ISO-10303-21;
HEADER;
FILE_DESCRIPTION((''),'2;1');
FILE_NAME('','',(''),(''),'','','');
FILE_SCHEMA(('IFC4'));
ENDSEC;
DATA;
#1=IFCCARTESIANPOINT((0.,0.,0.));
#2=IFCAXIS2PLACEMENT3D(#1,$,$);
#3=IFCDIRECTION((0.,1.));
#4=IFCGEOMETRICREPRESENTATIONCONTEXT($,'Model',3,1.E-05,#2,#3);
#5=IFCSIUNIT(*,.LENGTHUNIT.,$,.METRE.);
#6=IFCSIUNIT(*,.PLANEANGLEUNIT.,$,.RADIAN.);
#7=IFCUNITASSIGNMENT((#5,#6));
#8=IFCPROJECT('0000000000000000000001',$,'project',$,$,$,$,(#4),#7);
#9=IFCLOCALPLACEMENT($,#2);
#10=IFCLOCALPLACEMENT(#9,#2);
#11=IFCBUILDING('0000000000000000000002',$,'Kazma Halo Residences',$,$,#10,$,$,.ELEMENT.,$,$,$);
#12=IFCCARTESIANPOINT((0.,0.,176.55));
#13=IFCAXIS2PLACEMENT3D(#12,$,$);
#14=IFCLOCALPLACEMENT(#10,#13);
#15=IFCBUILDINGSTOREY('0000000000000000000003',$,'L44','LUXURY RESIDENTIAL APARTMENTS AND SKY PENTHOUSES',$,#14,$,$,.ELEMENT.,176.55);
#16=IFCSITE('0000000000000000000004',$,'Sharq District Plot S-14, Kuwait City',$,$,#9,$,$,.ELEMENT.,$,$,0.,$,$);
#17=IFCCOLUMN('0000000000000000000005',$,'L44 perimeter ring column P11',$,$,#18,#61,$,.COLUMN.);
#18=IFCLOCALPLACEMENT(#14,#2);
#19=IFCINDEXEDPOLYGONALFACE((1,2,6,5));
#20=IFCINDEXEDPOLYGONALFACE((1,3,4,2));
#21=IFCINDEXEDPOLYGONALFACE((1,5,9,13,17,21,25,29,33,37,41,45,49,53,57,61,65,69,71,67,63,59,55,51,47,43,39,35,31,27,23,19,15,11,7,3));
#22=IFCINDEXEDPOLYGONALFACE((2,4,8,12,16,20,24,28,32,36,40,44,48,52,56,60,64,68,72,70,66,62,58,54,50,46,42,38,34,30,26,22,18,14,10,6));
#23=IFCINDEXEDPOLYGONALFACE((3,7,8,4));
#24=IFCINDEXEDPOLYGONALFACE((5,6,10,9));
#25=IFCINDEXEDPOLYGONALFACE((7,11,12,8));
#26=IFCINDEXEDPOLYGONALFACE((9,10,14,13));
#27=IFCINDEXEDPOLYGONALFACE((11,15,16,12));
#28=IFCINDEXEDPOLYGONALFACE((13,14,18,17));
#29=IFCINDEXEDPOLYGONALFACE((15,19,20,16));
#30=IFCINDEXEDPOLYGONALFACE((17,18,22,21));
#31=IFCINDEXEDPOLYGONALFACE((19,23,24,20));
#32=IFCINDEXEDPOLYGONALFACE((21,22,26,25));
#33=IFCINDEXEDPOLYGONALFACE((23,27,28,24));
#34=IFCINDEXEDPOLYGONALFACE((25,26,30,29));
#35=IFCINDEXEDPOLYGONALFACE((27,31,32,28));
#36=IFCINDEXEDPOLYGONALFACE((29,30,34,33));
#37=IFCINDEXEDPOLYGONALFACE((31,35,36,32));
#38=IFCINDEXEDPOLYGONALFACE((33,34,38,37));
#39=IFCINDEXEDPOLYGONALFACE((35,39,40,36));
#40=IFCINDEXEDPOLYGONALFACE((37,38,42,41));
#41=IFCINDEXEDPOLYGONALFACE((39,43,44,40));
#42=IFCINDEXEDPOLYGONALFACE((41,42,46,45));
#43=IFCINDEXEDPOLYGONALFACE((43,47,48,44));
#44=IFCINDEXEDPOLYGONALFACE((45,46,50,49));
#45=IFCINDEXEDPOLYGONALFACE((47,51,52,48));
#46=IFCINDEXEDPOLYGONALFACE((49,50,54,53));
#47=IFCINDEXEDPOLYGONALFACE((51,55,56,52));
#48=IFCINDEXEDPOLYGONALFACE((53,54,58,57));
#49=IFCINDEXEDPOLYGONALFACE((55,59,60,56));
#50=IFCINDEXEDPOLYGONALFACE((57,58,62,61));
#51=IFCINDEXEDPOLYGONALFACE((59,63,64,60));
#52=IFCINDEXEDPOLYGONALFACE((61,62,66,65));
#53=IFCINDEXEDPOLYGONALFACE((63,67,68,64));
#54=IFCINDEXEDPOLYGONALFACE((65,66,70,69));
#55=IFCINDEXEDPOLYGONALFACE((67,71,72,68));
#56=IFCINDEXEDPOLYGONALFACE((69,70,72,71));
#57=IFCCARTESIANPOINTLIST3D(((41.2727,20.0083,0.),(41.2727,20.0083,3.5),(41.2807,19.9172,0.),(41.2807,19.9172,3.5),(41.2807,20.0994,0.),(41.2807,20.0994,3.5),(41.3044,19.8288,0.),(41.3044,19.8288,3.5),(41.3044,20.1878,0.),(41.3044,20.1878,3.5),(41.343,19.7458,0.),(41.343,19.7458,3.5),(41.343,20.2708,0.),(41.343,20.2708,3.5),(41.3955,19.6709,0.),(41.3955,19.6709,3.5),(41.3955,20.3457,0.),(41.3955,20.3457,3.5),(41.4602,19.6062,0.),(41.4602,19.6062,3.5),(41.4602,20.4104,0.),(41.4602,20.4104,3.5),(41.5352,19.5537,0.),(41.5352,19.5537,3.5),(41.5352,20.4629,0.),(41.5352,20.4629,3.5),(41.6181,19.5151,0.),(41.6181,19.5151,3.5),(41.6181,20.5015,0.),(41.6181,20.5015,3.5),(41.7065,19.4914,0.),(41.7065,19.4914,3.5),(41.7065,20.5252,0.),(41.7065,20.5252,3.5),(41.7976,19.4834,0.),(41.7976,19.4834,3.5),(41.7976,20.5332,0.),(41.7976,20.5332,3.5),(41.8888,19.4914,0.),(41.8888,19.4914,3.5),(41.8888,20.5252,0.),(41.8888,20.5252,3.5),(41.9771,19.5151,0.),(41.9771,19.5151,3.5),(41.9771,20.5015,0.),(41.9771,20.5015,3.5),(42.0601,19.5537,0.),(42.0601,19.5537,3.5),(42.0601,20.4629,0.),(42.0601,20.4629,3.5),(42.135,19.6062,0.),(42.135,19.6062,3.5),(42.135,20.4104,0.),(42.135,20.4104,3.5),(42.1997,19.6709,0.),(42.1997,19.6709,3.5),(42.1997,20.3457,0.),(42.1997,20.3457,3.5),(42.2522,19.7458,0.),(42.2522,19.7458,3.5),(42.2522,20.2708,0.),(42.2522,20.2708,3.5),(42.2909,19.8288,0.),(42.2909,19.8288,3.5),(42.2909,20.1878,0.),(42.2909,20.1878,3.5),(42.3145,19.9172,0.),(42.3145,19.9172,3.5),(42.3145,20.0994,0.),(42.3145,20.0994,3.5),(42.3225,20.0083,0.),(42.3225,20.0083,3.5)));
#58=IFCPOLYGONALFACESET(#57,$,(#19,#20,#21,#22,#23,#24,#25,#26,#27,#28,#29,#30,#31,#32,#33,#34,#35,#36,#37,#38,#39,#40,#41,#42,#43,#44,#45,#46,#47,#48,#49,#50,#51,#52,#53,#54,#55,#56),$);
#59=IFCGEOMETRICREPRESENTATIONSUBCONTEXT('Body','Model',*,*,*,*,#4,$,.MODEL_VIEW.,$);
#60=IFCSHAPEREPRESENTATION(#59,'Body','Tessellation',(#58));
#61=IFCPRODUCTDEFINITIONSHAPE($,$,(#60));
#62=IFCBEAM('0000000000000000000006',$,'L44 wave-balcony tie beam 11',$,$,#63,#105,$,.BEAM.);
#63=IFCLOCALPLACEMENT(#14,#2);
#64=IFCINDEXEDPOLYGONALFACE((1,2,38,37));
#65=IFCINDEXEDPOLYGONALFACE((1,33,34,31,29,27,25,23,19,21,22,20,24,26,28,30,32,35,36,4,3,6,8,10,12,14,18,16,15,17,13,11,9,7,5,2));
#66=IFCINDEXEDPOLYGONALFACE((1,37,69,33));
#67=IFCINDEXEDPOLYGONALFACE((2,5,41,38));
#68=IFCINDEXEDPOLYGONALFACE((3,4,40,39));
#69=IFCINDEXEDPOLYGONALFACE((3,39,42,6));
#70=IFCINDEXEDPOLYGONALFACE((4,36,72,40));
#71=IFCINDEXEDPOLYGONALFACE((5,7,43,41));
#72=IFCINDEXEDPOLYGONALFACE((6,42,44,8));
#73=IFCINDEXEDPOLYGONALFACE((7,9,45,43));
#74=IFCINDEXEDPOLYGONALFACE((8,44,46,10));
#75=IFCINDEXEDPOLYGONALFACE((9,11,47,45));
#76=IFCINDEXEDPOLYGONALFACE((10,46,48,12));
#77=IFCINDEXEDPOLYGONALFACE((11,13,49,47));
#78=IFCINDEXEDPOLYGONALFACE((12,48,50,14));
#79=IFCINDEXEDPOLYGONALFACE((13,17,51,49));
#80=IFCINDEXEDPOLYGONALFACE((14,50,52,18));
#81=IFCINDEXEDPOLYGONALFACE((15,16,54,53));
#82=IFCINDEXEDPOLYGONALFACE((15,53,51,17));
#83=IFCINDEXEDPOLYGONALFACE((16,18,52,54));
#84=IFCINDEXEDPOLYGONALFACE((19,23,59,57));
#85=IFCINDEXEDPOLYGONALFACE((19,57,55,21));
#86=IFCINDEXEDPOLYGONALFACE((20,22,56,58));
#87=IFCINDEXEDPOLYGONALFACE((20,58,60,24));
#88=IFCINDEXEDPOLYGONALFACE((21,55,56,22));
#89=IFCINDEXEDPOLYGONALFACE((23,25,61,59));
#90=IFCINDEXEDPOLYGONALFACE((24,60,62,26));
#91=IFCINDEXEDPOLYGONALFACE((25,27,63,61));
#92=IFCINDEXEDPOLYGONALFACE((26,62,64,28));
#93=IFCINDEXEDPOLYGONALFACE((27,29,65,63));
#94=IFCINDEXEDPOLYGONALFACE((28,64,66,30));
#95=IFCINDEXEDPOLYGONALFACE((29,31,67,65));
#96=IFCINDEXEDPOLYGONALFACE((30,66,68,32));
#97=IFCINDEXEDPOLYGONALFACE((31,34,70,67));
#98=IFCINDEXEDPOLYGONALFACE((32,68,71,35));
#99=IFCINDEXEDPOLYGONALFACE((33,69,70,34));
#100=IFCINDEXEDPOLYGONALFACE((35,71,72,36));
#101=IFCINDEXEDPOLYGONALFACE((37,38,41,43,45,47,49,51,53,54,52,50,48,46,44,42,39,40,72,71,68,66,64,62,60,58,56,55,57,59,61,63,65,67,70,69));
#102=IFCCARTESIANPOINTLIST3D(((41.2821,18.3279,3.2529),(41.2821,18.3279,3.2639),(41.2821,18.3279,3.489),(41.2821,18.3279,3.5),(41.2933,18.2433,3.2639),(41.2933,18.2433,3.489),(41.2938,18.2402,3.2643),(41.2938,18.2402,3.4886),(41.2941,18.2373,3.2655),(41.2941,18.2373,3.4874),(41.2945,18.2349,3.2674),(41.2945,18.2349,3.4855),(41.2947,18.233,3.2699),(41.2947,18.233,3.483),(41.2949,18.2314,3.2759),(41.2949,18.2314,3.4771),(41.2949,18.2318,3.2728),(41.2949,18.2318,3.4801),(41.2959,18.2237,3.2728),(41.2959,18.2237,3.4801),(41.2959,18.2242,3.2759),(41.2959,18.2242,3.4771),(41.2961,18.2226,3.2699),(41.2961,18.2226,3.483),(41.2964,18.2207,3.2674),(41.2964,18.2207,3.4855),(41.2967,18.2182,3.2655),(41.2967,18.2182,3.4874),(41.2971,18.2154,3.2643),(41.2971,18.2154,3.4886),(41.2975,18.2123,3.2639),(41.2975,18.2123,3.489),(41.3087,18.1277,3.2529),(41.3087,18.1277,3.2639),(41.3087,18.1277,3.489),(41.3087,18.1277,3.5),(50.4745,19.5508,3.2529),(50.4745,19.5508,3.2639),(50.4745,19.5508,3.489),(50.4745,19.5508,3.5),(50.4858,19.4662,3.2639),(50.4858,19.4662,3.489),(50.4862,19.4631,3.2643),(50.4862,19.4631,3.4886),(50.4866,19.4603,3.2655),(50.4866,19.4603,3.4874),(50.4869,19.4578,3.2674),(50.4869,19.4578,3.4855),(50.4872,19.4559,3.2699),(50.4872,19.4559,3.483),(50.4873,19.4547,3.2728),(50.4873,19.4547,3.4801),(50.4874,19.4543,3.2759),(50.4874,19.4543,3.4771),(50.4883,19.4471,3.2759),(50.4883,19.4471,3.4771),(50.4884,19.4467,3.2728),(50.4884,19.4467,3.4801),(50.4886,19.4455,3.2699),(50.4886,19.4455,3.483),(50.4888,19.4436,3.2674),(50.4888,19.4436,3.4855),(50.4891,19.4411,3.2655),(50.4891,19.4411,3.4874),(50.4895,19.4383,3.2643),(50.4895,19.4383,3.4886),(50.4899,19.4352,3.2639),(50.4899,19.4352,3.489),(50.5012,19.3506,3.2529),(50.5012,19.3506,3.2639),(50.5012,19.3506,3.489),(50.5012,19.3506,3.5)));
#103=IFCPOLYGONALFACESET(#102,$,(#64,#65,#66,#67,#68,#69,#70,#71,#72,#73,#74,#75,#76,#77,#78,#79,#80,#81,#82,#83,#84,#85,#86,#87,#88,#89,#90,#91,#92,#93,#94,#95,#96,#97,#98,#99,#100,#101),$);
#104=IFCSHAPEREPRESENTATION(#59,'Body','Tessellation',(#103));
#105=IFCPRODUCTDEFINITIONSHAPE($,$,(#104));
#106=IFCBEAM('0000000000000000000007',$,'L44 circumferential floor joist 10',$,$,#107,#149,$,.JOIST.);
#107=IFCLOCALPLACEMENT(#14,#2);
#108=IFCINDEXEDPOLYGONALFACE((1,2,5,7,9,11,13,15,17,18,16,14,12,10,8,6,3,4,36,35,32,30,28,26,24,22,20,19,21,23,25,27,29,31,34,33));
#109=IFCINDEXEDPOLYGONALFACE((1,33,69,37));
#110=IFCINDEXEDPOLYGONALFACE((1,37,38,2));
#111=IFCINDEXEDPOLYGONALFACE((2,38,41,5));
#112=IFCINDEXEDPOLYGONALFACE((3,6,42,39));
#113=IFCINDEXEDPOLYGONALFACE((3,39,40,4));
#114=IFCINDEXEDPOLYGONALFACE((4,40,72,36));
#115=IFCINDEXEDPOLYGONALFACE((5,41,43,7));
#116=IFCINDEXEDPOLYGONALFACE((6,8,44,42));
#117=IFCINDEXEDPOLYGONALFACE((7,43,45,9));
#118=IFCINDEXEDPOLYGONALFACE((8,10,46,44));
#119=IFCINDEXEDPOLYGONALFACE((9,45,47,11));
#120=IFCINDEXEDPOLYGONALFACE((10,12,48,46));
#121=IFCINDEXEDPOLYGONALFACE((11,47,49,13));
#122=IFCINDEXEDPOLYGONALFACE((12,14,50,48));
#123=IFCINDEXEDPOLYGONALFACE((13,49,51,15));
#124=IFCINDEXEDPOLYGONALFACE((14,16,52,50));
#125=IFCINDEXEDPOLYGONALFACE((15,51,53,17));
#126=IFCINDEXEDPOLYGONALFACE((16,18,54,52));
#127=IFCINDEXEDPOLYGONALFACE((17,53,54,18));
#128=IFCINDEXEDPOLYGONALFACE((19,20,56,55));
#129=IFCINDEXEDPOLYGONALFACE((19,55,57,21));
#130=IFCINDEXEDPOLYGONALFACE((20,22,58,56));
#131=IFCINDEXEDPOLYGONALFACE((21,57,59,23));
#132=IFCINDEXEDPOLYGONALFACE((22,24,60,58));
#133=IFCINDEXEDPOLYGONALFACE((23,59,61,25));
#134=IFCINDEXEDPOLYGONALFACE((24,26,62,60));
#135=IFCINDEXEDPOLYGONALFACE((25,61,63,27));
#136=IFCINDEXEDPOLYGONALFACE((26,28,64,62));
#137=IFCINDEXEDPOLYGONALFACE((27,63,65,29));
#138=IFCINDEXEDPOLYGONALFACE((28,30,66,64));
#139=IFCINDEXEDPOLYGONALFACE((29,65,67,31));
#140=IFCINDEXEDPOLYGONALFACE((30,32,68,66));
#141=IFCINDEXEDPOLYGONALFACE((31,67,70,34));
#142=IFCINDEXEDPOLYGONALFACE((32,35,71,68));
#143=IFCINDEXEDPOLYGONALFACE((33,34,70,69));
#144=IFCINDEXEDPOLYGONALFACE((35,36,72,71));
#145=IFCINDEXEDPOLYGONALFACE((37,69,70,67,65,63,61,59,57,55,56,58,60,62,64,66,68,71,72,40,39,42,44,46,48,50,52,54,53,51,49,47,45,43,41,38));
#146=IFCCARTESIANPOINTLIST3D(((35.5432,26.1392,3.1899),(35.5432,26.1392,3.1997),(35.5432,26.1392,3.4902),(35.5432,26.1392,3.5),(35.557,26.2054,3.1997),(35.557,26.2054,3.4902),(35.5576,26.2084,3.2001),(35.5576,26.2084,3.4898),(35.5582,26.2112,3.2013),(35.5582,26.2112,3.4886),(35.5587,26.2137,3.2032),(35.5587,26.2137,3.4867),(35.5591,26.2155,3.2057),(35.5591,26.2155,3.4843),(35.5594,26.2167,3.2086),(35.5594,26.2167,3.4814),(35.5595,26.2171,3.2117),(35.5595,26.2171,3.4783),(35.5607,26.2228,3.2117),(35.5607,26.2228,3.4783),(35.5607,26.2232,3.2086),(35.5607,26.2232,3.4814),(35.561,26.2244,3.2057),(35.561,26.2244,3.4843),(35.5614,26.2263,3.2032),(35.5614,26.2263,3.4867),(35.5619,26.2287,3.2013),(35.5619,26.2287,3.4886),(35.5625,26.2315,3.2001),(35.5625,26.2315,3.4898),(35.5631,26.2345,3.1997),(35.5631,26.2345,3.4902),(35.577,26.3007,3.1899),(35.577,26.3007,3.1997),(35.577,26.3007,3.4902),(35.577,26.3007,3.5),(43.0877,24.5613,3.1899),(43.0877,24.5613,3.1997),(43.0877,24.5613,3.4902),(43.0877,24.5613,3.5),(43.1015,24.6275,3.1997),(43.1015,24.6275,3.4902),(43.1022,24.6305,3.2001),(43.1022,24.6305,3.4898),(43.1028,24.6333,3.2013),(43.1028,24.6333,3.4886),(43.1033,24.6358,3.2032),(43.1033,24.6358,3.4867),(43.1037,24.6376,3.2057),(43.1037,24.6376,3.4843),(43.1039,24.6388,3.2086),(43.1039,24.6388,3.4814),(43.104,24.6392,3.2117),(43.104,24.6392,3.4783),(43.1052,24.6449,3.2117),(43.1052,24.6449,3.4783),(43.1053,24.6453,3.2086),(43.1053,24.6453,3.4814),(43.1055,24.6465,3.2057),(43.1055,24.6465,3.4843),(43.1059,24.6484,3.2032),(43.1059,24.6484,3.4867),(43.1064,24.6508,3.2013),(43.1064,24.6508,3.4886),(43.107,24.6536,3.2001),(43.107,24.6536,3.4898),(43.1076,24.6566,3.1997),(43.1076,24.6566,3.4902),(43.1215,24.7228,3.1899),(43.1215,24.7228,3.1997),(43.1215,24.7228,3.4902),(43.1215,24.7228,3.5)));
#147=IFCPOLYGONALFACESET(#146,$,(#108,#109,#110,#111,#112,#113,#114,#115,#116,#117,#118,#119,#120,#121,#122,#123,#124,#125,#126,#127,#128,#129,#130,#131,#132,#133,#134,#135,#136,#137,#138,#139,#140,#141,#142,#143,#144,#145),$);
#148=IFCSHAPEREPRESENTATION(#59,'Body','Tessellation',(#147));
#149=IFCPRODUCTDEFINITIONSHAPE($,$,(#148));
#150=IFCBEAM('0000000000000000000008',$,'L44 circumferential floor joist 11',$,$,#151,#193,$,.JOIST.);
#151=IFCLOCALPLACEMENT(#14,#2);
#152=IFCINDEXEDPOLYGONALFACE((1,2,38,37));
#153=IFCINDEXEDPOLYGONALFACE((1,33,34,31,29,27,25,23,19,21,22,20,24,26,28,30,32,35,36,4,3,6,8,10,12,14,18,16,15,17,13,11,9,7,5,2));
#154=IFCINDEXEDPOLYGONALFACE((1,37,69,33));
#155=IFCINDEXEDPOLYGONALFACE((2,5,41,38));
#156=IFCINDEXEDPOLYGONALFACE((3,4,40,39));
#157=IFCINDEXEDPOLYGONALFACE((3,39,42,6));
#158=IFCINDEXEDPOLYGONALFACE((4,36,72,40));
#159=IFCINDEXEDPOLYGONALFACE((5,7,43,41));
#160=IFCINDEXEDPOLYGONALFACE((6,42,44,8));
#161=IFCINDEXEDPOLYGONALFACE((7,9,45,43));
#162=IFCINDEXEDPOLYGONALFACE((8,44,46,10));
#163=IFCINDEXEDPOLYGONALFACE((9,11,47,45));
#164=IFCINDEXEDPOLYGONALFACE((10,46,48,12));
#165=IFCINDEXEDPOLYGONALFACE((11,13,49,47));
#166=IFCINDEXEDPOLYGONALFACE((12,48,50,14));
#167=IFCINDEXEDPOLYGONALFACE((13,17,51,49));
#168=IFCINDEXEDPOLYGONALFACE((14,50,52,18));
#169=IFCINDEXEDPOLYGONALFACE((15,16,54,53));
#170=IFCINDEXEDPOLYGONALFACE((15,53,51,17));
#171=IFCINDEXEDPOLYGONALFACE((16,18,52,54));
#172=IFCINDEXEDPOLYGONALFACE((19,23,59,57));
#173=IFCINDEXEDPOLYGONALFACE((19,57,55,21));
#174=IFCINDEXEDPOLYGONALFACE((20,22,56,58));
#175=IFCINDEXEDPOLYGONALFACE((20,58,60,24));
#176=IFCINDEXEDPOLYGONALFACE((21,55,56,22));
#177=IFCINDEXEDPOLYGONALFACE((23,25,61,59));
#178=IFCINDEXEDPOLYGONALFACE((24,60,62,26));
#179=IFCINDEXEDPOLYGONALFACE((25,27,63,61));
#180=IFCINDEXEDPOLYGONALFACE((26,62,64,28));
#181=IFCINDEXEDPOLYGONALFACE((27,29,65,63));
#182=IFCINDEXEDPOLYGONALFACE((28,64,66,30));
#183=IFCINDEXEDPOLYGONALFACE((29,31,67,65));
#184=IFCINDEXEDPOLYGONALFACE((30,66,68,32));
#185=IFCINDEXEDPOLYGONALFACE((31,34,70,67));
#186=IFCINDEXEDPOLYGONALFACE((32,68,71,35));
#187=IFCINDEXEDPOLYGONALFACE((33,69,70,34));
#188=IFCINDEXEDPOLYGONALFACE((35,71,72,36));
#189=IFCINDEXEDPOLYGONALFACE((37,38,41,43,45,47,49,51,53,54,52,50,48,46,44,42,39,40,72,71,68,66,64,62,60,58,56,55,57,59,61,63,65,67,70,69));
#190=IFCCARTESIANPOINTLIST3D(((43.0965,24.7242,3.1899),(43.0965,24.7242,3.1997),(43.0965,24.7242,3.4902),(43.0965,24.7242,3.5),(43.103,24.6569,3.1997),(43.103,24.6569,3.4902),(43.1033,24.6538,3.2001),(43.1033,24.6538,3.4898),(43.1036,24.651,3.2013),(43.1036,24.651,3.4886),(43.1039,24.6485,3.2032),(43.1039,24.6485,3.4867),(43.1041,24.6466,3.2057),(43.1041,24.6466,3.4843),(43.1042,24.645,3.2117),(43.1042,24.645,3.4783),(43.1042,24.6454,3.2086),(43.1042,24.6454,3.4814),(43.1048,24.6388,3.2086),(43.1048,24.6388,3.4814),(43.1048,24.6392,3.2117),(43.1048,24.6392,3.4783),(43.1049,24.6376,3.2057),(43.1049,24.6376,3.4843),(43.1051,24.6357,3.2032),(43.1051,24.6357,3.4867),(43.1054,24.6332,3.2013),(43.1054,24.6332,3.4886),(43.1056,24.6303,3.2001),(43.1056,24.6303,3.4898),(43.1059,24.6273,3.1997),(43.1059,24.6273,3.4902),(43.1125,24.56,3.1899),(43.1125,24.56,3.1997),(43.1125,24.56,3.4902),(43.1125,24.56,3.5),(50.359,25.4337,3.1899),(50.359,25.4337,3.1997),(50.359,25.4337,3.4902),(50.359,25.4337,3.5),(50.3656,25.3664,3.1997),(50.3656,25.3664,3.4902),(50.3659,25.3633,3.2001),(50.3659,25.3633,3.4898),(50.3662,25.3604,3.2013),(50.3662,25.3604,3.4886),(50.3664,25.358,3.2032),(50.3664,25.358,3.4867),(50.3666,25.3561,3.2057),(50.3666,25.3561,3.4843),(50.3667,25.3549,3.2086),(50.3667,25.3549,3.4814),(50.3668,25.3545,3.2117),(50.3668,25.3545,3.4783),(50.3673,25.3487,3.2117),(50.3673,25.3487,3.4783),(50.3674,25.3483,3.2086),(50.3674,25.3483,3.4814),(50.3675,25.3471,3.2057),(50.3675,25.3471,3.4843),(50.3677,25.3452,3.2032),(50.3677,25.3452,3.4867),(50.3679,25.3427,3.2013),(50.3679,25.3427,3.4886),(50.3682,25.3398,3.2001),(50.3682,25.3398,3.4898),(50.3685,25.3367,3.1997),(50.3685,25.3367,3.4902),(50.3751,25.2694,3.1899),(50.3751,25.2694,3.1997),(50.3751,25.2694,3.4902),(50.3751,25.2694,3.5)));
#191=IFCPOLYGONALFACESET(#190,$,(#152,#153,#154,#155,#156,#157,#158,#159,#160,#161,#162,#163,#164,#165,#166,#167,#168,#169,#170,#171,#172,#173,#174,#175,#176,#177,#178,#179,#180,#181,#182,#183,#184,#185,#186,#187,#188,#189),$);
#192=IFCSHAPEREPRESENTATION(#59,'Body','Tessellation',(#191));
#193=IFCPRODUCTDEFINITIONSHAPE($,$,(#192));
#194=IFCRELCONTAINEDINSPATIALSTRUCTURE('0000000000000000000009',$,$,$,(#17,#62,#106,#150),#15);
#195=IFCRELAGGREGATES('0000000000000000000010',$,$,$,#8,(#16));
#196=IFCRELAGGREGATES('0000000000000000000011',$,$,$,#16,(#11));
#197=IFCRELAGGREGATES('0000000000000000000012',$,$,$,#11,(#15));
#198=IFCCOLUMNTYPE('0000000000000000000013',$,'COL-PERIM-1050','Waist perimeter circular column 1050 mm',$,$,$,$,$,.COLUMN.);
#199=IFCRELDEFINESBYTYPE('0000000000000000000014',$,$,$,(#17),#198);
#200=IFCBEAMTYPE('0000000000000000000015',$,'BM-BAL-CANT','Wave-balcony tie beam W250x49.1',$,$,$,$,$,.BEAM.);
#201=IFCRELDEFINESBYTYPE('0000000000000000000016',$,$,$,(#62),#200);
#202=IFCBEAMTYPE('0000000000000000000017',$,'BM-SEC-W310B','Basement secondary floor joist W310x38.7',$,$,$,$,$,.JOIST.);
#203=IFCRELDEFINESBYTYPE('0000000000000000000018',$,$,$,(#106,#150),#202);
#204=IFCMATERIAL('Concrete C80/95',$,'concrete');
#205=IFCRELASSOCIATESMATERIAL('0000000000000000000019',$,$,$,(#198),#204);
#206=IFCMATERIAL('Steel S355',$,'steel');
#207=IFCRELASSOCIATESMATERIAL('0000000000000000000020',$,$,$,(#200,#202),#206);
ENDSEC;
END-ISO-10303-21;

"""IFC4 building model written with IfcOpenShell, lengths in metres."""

from ifc_helpers import new_model, si_unit, direction, frame, origin, origin_2d, place, context, subcontext, project, spatial, circle, i_section, extrude, material, material_profile, profile_set, type_object, element, save


model = new_model("IFC4")

# Units and contexts
model_context = context("Model", 3, precision=1e-05, world=origin(), true_north=direction((0.0, 1.0)))
body_context = subcontext(model_context, "Body", "Model", "MODEL_VIEW")
ifc_project = project(units=[si_unit("LENGTHUNIT", "METRE"), si_unit("PLANEANGLEUNIT", "RADIAN")], contexts=[model_context])

# Site, building, storey
site_placement = place(None, origin())
site = spatial("IfcSite", under=ifc_project, at=site_placement, Name="Sharq District Plot S-14, Kuwait City", CompositionType="ELEMENT", RefElevation=0.0)
building_placement = place(site_placement, origin())
building = spatial("IfcBuilding", under=site, at=building_placement, Name="Kazma Halo Residences", CompositionType="ELEMENT")
storey_placement = place(building_placement, frame((0.0, 0.0, 176.55)))
storey = spatial("IfcBuildingStorey", under=building, at=storey_placement, Name="L44", Description="LUXURY RESIDENTIAL APARTMENTS AND SKY PENTHOUSES", CompositionType="ELEMENT", Elevation=176.55)

# Column
ifc_material_1 = material(Name="Concrete C80/95", Category="concrete")
ifc_material_profile_1 = material_profile(ifc_material_1, circle(Radius=0.5249, at=origin_2d()), Name="CIRC1050")
ifc_profile_set_1 = profile_set([ifc_material_profile_1], Name="Concrete C80/95")
column_type = type_object("IfcColumnType", Name="COL-PERIM-1050", Description="Waist perimeter circular column 1050 mm", PredefinedType="COLUMN", material=ifc_profile_set_1)
column_placement = place(storey_placement, frame((41.7976, 20.0083, 0.0), z_axis=(0.0, 0.0, 1.0), x_axis=(1.0, 0.0, 0.0)))
element("IfcColumn", 1, at=column_placement, inside=storey, type_object=column_type, Name="L44 perimeter ring column P11", PredefinedType="COLUMN", context=body_context, shape_type="SweptSolid", body=[
    extrude(circle(Radius=0.5249, at=origin_2d()), origin(), (0.0, 0.0, 1.0), 3.5),
])

# Beams
ifc_material_2 = material(Name="Steel S355", Category="steel")
ifc_material_profile_2 = material_profile(ifc_material_2, i_section(OverallWidth=0.2019, OverallDepth=0.2471, WebThickness=0.0073, FlangeThickness=0.011, FilletRadius=0.012, at=origin_2d()), Name="W250x49.1")
ifc_profile_set_2 = profile_set([ifc_material_profile_2], Name="Steel S355")
beam_type_1 = type_object("IfcBeamType", Name="BM-BAL-CANT", Description="Wave-balcony tie beam W250x49.1", PredefinedType="BEAM", material=ifc_profile_set_2)
beam_1_placement = place(storey_placement, frame((41.2954, 18.2278, 3.3765), z_axis=(0.991267, 0.131872, 0.0), x_axis=(-0.131872, 0.991267, 0.0)))
element("IfcBeam", 2, at=beam_1_placement, inside=storey, type_object=beam_type_1, Name="L44 wave-balcony tie beam 11", PredefinedType="BEAM", context=body_context, shape_type="SweptSolid", body=[
    extrude(i_section(OverallWidth=0.2019, OverallDepth=0.2471, WebThickness=0.0073, FlangeThickness=0.011, FilletRadius=0.012, at=origin_2d()), origin(), (0.0, 0.0, 1.0), 9.2734),
])
ifc_material_profile_3 = material_profile(ifc_material_2, i_section(OverallWidth=0.165, OverallDepth=0.3101, WebThickness=0.0059, FlangeThickness=0.0098, FilletRadius=0.012, at=origin_2d()), Name="W310x38.7")
ifc_profile_set_3 = profile_set([ifc_material_profile_3], Name="Steel S355")
beam_type_2 = type_object("IfcBeamType", Name="BM-SEC-W310B", Description="Basement secondary floor joist W310x38.7", PredefinedType="JOIST", material=ifc_profile_set_3)
beam_2_placement = place(storey_placement, frame((35.5601, 26.22, 3.345), z_axis=(0.978821, -0.204716, 0.0), x_axis=(0.204716, 0.978821, 0.0)))
element("IfcBeam", 3, at=beam_2_placement, inside=storey, type_object=beam_type_2, Name="L44 circumferential floor joist 10", PredefinedType="JOIST", context=body_context, shape_type="SweptSolid", body=[
    extrude(i_section(OverallWidth=0.165, OverallDepth=0.3101, WebThickness=0.0059, FlangeThickness=0.0098, FilletRadius=0.012, at=origin_2d()), origin(), (0.0, 0.0, 1.0), 7.7078),
])
beam_3_placement = place(storey_placement, frame((43.1045, 24.6421, 3.345), z_axis=(0.995262, 0.097228, 0.0), x_axis=(-0.097228, 0.995262, 0.0)))
element("IfcBeam", 4, at=beam_3_placement, inside=storey, type_object=beam_type_2, Name="L44 circumferential floor joist 11", PredefinedType="JOIST", context=body_context, shape_type="SweptSolid", body=[
    extrude(i_section(OverallWidth=0.165, OverallDepth=0.3101, WebThickness=0.0059, FlangeThickness=0.0098, FilletRadius=0.012, at=origin_2d()), origin(), (0.0, 0.0, 1.0), 7.2971),
])

save(model, "model.ifc")
